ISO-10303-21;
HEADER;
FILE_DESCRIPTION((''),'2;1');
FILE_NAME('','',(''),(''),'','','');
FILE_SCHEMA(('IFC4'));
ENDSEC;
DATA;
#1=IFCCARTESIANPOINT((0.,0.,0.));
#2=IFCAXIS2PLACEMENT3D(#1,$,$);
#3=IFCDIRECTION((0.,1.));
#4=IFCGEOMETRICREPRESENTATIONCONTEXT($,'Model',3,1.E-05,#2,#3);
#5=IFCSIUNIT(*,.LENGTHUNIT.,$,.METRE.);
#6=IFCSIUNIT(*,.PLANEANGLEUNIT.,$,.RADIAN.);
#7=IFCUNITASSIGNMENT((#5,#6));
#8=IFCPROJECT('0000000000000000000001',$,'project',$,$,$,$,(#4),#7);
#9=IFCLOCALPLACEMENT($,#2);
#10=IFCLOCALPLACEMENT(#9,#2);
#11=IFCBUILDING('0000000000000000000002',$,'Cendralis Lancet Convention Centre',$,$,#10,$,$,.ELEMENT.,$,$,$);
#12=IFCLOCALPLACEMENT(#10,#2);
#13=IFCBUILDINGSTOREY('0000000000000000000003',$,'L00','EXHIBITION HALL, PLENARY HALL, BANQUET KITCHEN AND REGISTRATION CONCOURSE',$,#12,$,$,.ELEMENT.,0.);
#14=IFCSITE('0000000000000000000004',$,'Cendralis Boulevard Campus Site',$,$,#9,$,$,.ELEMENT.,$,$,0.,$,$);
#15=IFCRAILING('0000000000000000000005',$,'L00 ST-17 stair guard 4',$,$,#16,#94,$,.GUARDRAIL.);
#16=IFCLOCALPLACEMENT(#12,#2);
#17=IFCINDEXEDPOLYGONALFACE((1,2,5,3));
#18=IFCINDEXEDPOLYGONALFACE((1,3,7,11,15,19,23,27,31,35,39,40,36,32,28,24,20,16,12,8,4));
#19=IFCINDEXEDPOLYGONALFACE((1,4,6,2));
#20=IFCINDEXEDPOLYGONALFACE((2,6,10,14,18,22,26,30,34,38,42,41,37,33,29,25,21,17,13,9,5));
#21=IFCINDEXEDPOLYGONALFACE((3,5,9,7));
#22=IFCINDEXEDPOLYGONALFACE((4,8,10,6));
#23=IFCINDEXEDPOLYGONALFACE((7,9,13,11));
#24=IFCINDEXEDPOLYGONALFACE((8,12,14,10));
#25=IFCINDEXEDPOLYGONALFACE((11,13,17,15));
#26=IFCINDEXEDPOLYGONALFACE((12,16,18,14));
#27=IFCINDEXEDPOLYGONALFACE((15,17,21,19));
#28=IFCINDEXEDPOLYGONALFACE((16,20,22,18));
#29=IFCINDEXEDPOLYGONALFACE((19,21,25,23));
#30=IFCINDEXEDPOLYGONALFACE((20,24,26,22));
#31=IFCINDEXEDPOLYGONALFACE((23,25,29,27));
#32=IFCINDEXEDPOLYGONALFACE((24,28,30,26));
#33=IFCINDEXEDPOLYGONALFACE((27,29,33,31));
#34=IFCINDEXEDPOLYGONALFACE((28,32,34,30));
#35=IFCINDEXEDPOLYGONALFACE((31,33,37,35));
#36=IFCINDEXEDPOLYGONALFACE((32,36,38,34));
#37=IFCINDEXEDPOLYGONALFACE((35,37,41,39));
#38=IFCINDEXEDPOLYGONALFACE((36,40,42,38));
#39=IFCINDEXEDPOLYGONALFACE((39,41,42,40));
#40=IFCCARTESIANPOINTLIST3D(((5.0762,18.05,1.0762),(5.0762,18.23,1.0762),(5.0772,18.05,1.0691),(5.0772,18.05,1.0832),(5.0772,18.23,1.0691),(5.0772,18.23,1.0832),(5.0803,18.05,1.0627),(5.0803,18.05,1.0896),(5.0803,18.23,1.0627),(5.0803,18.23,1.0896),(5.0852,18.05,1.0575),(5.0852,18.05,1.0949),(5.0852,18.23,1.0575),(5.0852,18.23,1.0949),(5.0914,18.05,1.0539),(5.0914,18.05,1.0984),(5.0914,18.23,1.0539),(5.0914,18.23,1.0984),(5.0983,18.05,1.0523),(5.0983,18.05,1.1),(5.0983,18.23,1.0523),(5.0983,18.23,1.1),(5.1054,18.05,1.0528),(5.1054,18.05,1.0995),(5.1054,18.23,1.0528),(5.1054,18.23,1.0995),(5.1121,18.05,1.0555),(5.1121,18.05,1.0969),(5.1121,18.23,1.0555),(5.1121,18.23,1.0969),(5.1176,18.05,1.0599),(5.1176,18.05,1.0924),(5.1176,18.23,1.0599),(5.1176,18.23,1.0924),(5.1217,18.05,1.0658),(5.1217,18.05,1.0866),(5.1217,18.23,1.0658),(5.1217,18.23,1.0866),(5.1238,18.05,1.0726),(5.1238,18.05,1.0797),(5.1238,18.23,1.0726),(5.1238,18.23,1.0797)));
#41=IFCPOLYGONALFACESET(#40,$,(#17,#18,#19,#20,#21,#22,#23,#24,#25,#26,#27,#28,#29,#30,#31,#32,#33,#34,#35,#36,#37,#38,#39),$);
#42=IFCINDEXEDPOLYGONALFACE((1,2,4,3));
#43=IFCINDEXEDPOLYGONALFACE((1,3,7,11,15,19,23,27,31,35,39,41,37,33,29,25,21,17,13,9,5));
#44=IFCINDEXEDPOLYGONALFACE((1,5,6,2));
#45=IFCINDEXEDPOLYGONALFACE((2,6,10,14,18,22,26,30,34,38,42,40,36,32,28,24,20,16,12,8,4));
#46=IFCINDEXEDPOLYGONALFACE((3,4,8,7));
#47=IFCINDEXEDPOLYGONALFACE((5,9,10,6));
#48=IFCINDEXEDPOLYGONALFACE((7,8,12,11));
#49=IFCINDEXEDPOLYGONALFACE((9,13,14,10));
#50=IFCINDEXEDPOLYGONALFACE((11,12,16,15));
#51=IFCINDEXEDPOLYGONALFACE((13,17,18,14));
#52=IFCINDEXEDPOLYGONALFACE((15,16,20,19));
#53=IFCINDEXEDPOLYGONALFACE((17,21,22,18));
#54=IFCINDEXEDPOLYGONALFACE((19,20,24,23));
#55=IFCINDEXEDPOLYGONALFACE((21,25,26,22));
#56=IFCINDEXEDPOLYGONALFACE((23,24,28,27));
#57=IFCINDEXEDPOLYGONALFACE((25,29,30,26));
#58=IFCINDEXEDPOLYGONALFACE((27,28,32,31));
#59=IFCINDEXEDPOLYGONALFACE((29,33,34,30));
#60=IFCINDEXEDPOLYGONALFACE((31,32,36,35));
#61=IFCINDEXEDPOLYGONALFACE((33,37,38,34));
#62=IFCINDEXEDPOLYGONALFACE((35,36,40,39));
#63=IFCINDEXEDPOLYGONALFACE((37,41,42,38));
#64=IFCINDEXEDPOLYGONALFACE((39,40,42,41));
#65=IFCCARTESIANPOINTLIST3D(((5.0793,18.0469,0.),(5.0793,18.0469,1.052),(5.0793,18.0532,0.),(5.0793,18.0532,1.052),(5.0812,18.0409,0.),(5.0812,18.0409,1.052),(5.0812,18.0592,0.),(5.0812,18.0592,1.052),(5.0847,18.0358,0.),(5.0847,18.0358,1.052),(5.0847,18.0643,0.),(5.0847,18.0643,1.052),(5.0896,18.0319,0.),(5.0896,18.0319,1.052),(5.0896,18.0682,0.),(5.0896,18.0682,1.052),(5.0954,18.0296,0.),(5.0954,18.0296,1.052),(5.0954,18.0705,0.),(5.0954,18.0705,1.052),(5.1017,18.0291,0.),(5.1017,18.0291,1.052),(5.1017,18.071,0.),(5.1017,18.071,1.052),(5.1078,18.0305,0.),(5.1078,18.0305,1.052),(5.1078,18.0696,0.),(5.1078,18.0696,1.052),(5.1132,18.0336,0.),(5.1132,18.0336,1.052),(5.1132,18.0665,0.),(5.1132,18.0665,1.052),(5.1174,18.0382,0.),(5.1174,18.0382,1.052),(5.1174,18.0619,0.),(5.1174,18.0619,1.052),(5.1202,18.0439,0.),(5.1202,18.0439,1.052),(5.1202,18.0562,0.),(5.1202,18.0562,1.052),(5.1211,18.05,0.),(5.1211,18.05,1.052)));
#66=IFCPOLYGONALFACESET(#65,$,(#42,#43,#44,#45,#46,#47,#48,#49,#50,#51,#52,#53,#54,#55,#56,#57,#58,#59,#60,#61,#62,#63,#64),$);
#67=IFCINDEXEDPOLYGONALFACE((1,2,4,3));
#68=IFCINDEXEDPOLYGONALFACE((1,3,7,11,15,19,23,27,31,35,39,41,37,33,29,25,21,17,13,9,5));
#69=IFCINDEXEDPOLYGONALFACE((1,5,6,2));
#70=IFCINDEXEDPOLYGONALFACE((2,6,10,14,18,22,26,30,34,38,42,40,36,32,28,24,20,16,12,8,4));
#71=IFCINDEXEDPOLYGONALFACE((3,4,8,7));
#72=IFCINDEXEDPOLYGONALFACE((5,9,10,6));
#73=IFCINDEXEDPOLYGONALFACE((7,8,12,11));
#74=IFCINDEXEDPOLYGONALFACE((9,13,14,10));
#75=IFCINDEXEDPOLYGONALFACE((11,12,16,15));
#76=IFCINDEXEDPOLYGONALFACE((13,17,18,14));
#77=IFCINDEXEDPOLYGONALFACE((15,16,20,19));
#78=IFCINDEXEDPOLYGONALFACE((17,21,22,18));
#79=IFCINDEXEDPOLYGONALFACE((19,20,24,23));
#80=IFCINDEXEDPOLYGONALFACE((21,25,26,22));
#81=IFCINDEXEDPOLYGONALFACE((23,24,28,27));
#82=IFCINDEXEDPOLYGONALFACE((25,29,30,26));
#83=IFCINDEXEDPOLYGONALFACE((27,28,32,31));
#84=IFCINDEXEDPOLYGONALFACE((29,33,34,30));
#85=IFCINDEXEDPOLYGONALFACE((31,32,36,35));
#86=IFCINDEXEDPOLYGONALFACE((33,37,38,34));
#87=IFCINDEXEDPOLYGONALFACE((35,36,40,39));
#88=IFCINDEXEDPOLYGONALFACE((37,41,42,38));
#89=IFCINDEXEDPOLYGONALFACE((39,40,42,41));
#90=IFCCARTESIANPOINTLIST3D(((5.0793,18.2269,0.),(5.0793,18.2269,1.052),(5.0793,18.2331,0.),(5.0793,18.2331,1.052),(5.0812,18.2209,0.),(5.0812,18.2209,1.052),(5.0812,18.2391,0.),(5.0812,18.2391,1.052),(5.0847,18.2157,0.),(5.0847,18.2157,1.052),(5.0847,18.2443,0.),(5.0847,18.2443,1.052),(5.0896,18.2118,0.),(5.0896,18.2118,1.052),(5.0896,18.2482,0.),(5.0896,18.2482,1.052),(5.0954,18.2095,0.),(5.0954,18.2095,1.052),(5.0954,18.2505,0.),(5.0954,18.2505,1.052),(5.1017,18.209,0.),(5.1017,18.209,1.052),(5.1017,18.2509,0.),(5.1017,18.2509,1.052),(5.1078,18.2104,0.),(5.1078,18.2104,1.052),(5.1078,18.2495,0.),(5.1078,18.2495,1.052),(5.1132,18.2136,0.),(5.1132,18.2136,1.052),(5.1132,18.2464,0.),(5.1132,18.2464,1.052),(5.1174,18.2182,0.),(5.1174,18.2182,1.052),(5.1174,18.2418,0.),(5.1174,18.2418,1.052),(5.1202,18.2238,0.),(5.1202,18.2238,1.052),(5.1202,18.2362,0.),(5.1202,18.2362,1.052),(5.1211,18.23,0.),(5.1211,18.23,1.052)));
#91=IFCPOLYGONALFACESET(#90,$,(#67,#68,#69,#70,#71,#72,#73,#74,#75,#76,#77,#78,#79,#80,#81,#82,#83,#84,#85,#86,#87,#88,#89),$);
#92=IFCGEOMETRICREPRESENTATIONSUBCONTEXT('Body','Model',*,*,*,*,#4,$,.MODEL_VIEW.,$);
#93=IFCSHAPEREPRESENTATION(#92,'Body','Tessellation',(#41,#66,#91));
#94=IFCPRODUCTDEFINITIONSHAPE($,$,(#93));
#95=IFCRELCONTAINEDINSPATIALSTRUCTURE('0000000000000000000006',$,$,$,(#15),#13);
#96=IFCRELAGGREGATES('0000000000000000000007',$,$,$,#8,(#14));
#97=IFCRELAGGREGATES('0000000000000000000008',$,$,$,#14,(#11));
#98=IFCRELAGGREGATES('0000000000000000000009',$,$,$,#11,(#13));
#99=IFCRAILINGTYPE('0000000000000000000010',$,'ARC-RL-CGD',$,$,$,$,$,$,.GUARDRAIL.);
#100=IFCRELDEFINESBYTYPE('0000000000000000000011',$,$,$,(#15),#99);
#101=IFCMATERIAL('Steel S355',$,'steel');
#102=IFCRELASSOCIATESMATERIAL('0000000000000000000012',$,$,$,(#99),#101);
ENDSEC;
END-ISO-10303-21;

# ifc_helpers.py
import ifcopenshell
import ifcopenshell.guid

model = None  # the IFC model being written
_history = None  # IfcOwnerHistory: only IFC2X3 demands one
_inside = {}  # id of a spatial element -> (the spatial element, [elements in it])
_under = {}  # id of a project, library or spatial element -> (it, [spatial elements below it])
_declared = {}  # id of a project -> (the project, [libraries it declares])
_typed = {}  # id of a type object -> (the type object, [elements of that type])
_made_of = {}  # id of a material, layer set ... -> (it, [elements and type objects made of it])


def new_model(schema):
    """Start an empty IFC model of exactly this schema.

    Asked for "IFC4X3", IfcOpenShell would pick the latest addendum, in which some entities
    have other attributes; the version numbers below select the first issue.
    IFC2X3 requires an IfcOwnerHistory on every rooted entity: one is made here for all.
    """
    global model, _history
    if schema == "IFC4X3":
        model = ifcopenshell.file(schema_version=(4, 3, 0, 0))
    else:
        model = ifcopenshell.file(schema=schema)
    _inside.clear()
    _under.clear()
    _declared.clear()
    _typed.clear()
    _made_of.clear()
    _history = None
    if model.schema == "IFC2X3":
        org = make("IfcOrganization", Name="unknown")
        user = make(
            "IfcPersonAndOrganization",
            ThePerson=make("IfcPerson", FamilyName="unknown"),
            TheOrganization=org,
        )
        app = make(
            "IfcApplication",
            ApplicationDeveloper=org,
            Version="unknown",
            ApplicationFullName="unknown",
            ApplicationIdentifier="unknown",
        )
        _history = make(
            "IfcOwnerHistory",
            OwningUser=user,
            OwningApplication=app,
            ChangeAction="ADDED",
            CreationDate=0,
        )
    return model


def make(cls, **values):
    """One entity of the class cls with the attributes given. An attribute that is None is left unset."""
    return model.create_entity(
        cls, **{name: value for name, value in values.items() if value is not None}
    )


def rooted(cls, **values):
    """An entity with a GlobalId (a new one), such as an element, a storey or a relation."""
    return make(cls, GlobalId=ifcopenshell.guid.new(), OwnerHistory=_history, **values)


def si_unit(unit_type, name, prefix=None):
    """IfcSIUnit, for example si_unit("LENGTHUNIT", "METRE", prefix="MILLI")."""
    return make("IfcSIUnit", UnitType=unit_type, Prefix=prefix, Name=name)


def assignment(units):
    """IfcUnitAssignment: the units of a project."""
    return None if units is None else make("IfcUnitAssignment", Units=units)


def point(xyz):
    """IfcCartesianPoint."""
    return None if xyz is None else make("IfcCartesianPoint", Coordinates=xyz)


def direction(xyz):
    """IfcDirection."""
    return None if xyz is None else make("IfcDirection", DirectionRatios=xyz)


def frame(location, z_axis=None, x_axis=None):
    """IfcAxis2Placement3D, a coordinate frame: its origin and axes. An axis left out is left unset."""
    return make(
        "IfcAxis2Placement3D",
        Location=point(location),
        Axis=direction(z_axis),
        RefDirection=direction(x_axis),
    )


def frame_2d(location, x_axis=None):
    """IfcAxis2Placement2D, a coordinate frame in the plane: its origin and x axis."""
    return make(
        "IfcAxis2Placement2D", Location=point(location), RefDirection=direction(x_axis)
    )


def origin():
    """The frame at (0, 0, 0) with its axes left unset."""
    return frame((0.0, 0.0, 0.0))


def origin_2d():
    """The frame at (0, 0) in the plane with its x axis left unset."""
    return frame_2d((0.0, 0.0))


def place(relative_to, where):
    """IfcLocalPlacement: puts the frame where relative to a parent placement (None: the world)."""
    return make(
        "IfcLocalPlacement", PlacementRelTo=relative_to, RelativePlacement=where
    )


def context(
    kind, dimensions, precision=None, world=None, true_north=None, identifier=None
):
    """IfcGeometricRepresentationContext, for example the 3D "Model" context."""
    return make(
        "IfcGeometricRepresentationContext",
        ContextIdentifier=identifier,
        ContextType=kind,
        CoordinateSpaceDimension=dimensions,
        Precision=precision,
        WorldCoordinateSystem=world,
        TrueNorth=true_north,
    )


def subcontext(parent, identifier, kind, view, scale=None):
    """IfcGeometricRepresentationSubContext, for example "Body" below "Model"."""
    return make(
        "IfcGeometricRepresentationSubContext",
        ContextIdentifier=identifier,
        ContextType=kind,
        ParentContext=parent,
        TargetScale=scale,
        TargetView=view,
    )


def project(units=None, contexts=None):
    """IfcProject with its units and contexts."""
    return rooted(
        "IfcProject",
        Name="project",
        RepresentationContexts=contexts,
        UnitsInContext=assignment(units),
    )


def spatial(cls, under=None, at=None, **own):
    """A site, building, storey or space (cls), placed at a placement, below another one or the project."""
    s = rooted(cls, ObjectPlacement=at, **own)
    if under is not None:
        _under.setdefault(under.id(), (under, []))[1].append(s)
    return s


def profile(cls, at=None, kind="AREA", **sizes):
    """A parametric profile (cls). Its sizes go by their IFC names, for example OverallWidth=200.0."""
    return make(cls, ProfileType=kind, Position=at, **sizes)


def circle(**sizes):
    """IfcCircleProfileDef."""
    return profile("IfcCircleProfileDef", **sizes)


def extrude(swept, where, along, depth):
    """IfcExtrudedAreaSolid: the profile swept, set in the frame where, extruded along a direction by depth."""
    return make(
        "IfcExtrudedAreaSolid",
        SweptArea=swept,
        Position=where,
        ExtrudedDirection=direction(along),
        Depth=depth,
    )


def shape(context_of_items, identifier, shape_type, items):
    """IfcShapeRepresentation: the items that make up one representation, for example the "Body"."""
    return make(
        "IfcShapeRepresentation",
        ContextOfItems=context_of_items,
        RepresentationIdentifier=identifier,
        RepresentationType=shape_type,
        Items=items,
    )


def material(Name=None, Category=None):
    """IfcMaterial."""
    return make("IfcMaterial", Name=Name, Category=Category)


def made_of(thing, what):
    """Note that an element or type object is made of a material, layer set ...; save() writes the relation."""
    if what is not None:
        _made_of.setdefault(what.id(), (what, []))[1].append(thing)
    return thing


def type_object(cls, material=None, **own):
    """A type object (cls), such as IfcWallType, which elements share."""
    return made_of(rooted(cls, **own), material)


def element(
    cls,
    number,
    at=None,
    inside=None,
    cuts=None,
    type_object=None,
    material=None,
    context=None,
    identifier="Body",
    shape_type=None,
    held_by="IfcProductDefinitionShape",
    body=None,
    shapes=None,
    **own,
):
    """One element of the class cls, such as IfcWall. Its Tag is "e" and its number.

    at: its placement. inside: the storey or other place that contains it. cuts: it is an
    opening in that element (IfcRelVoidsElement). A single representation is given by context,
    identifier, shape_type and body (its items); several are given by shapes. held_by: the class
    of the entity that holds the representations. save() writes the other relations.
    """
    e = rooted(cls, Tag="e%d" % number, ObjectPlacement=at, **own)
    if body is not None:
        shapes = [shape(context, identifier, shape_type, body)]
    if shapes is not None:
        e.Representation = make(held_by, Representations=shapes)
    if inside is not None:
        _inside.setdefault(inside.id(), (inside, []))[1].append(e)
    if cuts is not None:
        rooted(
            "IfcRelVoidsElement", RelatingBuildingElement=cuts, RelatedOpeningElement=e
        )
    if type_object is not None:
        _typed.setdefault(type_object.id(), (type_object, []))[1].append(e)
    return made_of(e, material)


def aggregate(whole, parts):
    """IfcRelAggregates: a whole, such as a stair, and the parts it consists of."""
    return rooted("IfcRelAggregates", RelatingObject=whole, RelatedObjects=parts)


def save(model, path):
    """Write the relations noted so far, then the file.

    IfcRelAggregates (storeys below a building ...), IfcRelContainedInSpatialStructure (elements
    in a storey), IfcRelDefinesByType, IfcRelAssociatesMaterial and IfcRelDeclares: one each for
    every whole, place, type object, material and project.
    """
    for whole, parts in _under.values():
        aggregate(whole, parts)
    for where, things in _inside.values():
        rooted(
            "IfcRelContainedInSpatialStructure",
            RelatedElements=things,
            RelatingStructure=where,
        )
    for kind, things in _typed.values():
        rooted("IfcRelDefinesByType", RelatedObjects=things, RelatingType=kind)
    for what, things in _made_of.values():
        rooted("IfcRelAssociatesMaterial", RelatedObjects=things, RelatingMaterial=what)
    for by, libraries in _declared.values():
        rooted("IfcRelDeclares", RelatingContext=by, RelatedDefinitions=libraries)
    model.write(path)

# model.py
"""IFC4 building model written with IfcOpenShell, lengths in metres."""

from ifc_helpers import new_model, si_unit, direction, frame, origin, origin_2d, place, context, subcontext, project, spatial, circle, extrude, material, type_object, element, save


model = new_model("IFC4")

# Units and contexts
model_context = context("Model", 3, precision=1e-05, world=origin(), true_north=direction((0.0, 1.0)))
body_context = subcontext(model_context, "Body", "Model", "MODEL_VIEW")
ifc_project = project(units=[si_unit("LENGTHUNIT", "METRE"), si_unit("PLANEANGLEUNIT", "RADIAN")], contexts=[model_context])

# Site, building, storey
site_placement = place(None, origin())
site = spatial("IfcSite", under=ifc_project, at=site_placement, Name="Cendralis Boulevard Campus Site", CompositionType="ELEMENT", RefElevation=0.0)
building_placement = place(site_placement, origin())
building = spatial("IfcBuilding", under=site, at=building_placement, Name="Cendralis Lancet Convention Centre", CompositionType="ELEMENT")
storey_placement = place(building_placement, origin())
storey = spatial("IfcBuildingStorey", under=building, at=storey_placement, Name="L00", Description="EXHIBITION HALL, PLENARY HALL, BANQUET KITCHEN AND REGISTRATION CONCOURSE", CompositionType="ELEMENT", Elevation=0.0)

# Shared definitions
ifc_material_1 = material(Name="Steel S355", Category="steel")

# Railing
railing_type_1 = type_object("IfcRailingType", Name="ARC-RL-CGD", PredefinedType="GUARDRAIL", material=ifc_material_1)
railing_1_placement = place(storey_placement, frame((5.1001, 18.05, 0.0)))
element("IfcRailing", 1, at=railing_1_placement, inside=storey, type_object=railing_type_1, Name="L00 ST-17 stair guard 4", PredefinedType="GUARDRAIL", context=body_context, shape_type="SweptSolid", body=[
    extrude(circle(Radius=0.0239, at=origin_2d()), frame((0.0, 0.0, 1.0762), z_axis=(0.0, 1.0, 0.0), x_axis=(-1.0, 0.0, 0.0)), (0.0, 0.0, 1.0), 0.1799),
    extrude(circle(Radius=0.021, at=origin_2d()), origin(), (0.0, 0.0, 1.0), 1.052),
    extrude(circle(Radius=0.021, at=origin_2d()), frame((0.0, 0.1799, 0.0)), (0.0, 0.0, 1.0), 1.052),
])

save(model, "model.ifc")
